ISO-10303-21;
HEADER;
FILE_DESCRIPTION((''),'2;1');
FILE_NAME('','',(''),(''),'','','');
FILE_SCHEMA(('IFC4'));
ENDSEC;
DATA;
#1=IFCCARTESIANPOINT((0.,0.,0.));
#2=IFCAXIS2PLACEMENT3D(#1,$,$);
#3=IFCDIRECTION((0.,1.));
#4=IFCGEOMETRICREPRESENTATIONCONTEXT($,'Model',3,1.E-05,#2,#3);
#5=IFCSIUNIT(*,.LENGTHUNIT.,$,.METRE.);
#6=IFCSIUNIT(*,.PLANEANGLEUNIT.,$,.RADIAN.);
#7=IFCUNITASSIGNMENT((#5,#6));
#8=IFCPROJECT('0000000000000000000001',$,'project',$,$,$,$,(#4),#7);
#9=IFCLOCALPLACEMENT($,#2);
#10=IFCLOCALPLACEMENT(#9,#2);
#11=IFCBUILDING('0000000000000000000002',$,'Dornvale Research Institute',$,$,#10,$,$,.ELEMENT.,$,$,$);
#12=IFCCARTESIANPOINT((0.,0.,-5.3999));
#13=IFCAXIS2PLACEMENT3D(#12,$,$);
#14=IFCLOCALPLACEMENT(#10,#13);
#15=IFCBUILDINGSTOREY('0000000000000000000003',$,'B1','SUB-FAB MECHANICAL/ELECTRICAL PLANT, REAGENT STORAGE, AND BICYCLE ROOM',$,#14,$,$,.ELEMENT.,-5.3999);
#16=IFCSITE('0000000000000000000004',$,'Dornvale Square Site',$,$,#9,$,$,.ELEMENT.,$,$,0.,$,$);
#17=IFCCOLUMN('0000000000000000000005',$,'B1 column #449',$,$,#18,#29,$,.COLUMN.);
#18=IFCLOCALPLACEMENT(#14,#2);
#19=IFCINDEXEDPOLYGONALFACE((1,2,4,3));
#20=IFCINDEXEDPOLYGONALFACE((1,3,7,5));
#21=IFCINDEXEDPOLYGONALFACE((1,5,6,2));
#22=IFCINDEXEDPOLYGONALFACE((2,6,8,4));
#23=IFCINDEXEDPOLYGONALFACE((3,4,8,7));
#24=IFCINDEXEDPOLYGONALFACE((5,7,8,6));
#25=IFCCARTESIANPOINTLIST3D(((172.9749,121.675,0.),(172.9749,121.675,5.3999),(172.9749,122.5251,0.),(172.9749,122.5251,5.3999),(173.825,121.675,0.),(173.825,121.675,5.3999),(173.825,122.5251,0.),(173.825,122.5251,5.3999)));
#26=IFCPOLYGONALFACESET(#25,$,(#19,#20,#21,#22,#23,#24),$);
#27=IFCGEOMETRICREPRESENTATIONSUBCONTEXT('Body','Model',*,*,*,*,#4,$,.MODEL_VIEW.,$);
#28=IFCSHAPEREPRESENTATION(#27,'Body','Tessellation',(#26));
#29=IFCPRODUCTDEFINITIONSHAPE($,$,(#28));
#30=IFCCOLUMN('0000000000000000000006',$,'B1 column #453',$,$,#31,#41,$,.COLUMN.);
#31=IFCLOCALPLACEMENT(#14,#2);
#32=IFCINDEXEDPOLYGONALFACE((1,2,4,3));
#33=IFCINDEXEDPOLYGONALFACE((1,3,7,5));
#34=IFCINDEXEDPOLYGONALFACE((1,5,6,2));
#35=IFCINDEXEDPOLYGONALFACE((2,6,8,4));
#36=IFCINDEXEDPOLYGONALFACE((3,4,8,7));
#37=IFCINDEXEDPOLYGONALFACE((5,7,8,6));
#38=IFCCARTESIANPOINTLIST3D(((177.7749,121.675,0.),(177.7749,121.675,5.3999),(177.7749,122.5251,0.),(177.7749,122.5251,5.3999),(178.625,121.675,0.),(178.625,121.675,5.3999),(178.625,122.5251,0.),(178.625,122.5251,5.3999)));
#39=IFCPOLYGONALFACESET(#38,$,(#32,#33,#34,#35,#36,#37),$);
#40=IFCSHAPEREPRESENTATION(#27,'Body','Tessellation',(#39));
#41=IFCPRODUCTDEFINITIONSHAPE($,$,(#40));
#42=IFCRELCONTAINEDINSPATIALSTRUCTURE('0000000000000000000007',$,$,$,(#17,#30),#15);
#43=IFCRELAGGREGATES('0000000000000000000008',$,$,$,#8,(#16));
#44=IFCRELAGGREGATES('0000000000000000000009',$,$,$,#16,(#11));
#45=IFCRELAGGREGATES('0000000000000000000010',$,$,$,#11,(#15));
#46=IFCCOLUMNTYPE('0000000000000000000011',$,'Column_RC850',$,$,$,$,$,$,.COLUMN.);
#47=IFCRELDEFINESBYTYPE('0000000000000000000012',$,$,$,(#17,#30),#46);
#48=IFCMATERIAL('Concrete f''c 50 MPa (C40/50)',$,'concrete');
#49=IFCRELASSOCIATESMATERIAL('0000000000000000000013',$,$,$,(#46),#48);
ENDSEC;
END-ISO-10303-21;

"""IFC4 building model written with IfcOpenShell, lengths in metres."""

from ifc_helpers import new_model, si_unit, direction, frame, origin, origin_2d, place, context, subcontext, project, spatial, rectangle, extrude, material, material_profile, profile_set, type_object, element, save


model = new_model("IFC4")

# Units and contexts
model_context = context("Model", 3, precision=1e-05, world=origin(), true_north=direction((0.0, 1.0)))
body_context = subcontext(model_context, "Body", "Model", "MODEL_VIEW")
ifc_project = project(units=[si_unit("LENGTHUNIT", "METRE"), si_unit("PLANEANGLEUNIT", "RADIAN")], contexts=[model_context])

# Site, building, storey
site_placement = place(None, origin())
site = spatial("IfcSite", under=ifc_project, at=site_placement, Name="Dornvale Square Site", CompositionType="ELEMENT", RefElevation=0.0)
building_placement = place(site_placement, origin())
building = spatial("IfcBuilding", under=site, at=building_placement, Name="Dornvale Research Institute", CompositionType="ELEMENT")
storey_placement = place(building_placement, frame((0.0, 0.0, -5.3999)))
storey = spatial("IfcBuildingStorey", under=building, at=storey_placement, Name="B1", Description="SUB-FAB MECHANICAL/ELECTRICAL PLANT, REAGENT STORAGE, AND BICYCLE ROOM", CompositionType="ELEMENT", Elevation=-5.3999)

# Columns
ifc_material_1 = material(Name="Concrete f'c 50 MPa (C40/50)", Category="concrete")
ifc_material_profile_1 = material_profile(ifc_material_1, rectangle(XDim=0.8501, YDim=0.8501, at=origin_2d()), Name="RC 850x850")
ifc_profile_set_1 = profile_set([ifc_material_profile_1], Name="Concrete f'c 50 MPa (C40/50)")
column_type = type_object("IfcColumnType", Name="Column_RC850", PredefinedType="COLUMN", material=ifc_profile_set_1)
for number, where, z_axis, x_axis, name in (
    (1, (173.3999, 122.1001, 0.0), (0.0, 0.0, 1.0), (1.0, 0.0, 0.0), "B1 column #449"),
    (2, (178.2, 122.1001, 0.0), (0.0, 0.0, 1.0), (1.0, 0.0, 0.0), "B1 column #453"),
):
    element("IfcColumn", number, at=place(storey_placement, frame(where, z_axis=z_axis, x_axis=x_axis)), inside=storey, type_object=column_type, Name=name, PredefinedType="COLUMN", context=body_context, shape_type="SweptSolid", body=[
        extrude(rectangle(XDim=0.8501, YDim=0.8501, at=origin_2d()), origin(), (0.0, 0.0, 1.0), 5.3999),
    ])

save(model, "model.ifc")
